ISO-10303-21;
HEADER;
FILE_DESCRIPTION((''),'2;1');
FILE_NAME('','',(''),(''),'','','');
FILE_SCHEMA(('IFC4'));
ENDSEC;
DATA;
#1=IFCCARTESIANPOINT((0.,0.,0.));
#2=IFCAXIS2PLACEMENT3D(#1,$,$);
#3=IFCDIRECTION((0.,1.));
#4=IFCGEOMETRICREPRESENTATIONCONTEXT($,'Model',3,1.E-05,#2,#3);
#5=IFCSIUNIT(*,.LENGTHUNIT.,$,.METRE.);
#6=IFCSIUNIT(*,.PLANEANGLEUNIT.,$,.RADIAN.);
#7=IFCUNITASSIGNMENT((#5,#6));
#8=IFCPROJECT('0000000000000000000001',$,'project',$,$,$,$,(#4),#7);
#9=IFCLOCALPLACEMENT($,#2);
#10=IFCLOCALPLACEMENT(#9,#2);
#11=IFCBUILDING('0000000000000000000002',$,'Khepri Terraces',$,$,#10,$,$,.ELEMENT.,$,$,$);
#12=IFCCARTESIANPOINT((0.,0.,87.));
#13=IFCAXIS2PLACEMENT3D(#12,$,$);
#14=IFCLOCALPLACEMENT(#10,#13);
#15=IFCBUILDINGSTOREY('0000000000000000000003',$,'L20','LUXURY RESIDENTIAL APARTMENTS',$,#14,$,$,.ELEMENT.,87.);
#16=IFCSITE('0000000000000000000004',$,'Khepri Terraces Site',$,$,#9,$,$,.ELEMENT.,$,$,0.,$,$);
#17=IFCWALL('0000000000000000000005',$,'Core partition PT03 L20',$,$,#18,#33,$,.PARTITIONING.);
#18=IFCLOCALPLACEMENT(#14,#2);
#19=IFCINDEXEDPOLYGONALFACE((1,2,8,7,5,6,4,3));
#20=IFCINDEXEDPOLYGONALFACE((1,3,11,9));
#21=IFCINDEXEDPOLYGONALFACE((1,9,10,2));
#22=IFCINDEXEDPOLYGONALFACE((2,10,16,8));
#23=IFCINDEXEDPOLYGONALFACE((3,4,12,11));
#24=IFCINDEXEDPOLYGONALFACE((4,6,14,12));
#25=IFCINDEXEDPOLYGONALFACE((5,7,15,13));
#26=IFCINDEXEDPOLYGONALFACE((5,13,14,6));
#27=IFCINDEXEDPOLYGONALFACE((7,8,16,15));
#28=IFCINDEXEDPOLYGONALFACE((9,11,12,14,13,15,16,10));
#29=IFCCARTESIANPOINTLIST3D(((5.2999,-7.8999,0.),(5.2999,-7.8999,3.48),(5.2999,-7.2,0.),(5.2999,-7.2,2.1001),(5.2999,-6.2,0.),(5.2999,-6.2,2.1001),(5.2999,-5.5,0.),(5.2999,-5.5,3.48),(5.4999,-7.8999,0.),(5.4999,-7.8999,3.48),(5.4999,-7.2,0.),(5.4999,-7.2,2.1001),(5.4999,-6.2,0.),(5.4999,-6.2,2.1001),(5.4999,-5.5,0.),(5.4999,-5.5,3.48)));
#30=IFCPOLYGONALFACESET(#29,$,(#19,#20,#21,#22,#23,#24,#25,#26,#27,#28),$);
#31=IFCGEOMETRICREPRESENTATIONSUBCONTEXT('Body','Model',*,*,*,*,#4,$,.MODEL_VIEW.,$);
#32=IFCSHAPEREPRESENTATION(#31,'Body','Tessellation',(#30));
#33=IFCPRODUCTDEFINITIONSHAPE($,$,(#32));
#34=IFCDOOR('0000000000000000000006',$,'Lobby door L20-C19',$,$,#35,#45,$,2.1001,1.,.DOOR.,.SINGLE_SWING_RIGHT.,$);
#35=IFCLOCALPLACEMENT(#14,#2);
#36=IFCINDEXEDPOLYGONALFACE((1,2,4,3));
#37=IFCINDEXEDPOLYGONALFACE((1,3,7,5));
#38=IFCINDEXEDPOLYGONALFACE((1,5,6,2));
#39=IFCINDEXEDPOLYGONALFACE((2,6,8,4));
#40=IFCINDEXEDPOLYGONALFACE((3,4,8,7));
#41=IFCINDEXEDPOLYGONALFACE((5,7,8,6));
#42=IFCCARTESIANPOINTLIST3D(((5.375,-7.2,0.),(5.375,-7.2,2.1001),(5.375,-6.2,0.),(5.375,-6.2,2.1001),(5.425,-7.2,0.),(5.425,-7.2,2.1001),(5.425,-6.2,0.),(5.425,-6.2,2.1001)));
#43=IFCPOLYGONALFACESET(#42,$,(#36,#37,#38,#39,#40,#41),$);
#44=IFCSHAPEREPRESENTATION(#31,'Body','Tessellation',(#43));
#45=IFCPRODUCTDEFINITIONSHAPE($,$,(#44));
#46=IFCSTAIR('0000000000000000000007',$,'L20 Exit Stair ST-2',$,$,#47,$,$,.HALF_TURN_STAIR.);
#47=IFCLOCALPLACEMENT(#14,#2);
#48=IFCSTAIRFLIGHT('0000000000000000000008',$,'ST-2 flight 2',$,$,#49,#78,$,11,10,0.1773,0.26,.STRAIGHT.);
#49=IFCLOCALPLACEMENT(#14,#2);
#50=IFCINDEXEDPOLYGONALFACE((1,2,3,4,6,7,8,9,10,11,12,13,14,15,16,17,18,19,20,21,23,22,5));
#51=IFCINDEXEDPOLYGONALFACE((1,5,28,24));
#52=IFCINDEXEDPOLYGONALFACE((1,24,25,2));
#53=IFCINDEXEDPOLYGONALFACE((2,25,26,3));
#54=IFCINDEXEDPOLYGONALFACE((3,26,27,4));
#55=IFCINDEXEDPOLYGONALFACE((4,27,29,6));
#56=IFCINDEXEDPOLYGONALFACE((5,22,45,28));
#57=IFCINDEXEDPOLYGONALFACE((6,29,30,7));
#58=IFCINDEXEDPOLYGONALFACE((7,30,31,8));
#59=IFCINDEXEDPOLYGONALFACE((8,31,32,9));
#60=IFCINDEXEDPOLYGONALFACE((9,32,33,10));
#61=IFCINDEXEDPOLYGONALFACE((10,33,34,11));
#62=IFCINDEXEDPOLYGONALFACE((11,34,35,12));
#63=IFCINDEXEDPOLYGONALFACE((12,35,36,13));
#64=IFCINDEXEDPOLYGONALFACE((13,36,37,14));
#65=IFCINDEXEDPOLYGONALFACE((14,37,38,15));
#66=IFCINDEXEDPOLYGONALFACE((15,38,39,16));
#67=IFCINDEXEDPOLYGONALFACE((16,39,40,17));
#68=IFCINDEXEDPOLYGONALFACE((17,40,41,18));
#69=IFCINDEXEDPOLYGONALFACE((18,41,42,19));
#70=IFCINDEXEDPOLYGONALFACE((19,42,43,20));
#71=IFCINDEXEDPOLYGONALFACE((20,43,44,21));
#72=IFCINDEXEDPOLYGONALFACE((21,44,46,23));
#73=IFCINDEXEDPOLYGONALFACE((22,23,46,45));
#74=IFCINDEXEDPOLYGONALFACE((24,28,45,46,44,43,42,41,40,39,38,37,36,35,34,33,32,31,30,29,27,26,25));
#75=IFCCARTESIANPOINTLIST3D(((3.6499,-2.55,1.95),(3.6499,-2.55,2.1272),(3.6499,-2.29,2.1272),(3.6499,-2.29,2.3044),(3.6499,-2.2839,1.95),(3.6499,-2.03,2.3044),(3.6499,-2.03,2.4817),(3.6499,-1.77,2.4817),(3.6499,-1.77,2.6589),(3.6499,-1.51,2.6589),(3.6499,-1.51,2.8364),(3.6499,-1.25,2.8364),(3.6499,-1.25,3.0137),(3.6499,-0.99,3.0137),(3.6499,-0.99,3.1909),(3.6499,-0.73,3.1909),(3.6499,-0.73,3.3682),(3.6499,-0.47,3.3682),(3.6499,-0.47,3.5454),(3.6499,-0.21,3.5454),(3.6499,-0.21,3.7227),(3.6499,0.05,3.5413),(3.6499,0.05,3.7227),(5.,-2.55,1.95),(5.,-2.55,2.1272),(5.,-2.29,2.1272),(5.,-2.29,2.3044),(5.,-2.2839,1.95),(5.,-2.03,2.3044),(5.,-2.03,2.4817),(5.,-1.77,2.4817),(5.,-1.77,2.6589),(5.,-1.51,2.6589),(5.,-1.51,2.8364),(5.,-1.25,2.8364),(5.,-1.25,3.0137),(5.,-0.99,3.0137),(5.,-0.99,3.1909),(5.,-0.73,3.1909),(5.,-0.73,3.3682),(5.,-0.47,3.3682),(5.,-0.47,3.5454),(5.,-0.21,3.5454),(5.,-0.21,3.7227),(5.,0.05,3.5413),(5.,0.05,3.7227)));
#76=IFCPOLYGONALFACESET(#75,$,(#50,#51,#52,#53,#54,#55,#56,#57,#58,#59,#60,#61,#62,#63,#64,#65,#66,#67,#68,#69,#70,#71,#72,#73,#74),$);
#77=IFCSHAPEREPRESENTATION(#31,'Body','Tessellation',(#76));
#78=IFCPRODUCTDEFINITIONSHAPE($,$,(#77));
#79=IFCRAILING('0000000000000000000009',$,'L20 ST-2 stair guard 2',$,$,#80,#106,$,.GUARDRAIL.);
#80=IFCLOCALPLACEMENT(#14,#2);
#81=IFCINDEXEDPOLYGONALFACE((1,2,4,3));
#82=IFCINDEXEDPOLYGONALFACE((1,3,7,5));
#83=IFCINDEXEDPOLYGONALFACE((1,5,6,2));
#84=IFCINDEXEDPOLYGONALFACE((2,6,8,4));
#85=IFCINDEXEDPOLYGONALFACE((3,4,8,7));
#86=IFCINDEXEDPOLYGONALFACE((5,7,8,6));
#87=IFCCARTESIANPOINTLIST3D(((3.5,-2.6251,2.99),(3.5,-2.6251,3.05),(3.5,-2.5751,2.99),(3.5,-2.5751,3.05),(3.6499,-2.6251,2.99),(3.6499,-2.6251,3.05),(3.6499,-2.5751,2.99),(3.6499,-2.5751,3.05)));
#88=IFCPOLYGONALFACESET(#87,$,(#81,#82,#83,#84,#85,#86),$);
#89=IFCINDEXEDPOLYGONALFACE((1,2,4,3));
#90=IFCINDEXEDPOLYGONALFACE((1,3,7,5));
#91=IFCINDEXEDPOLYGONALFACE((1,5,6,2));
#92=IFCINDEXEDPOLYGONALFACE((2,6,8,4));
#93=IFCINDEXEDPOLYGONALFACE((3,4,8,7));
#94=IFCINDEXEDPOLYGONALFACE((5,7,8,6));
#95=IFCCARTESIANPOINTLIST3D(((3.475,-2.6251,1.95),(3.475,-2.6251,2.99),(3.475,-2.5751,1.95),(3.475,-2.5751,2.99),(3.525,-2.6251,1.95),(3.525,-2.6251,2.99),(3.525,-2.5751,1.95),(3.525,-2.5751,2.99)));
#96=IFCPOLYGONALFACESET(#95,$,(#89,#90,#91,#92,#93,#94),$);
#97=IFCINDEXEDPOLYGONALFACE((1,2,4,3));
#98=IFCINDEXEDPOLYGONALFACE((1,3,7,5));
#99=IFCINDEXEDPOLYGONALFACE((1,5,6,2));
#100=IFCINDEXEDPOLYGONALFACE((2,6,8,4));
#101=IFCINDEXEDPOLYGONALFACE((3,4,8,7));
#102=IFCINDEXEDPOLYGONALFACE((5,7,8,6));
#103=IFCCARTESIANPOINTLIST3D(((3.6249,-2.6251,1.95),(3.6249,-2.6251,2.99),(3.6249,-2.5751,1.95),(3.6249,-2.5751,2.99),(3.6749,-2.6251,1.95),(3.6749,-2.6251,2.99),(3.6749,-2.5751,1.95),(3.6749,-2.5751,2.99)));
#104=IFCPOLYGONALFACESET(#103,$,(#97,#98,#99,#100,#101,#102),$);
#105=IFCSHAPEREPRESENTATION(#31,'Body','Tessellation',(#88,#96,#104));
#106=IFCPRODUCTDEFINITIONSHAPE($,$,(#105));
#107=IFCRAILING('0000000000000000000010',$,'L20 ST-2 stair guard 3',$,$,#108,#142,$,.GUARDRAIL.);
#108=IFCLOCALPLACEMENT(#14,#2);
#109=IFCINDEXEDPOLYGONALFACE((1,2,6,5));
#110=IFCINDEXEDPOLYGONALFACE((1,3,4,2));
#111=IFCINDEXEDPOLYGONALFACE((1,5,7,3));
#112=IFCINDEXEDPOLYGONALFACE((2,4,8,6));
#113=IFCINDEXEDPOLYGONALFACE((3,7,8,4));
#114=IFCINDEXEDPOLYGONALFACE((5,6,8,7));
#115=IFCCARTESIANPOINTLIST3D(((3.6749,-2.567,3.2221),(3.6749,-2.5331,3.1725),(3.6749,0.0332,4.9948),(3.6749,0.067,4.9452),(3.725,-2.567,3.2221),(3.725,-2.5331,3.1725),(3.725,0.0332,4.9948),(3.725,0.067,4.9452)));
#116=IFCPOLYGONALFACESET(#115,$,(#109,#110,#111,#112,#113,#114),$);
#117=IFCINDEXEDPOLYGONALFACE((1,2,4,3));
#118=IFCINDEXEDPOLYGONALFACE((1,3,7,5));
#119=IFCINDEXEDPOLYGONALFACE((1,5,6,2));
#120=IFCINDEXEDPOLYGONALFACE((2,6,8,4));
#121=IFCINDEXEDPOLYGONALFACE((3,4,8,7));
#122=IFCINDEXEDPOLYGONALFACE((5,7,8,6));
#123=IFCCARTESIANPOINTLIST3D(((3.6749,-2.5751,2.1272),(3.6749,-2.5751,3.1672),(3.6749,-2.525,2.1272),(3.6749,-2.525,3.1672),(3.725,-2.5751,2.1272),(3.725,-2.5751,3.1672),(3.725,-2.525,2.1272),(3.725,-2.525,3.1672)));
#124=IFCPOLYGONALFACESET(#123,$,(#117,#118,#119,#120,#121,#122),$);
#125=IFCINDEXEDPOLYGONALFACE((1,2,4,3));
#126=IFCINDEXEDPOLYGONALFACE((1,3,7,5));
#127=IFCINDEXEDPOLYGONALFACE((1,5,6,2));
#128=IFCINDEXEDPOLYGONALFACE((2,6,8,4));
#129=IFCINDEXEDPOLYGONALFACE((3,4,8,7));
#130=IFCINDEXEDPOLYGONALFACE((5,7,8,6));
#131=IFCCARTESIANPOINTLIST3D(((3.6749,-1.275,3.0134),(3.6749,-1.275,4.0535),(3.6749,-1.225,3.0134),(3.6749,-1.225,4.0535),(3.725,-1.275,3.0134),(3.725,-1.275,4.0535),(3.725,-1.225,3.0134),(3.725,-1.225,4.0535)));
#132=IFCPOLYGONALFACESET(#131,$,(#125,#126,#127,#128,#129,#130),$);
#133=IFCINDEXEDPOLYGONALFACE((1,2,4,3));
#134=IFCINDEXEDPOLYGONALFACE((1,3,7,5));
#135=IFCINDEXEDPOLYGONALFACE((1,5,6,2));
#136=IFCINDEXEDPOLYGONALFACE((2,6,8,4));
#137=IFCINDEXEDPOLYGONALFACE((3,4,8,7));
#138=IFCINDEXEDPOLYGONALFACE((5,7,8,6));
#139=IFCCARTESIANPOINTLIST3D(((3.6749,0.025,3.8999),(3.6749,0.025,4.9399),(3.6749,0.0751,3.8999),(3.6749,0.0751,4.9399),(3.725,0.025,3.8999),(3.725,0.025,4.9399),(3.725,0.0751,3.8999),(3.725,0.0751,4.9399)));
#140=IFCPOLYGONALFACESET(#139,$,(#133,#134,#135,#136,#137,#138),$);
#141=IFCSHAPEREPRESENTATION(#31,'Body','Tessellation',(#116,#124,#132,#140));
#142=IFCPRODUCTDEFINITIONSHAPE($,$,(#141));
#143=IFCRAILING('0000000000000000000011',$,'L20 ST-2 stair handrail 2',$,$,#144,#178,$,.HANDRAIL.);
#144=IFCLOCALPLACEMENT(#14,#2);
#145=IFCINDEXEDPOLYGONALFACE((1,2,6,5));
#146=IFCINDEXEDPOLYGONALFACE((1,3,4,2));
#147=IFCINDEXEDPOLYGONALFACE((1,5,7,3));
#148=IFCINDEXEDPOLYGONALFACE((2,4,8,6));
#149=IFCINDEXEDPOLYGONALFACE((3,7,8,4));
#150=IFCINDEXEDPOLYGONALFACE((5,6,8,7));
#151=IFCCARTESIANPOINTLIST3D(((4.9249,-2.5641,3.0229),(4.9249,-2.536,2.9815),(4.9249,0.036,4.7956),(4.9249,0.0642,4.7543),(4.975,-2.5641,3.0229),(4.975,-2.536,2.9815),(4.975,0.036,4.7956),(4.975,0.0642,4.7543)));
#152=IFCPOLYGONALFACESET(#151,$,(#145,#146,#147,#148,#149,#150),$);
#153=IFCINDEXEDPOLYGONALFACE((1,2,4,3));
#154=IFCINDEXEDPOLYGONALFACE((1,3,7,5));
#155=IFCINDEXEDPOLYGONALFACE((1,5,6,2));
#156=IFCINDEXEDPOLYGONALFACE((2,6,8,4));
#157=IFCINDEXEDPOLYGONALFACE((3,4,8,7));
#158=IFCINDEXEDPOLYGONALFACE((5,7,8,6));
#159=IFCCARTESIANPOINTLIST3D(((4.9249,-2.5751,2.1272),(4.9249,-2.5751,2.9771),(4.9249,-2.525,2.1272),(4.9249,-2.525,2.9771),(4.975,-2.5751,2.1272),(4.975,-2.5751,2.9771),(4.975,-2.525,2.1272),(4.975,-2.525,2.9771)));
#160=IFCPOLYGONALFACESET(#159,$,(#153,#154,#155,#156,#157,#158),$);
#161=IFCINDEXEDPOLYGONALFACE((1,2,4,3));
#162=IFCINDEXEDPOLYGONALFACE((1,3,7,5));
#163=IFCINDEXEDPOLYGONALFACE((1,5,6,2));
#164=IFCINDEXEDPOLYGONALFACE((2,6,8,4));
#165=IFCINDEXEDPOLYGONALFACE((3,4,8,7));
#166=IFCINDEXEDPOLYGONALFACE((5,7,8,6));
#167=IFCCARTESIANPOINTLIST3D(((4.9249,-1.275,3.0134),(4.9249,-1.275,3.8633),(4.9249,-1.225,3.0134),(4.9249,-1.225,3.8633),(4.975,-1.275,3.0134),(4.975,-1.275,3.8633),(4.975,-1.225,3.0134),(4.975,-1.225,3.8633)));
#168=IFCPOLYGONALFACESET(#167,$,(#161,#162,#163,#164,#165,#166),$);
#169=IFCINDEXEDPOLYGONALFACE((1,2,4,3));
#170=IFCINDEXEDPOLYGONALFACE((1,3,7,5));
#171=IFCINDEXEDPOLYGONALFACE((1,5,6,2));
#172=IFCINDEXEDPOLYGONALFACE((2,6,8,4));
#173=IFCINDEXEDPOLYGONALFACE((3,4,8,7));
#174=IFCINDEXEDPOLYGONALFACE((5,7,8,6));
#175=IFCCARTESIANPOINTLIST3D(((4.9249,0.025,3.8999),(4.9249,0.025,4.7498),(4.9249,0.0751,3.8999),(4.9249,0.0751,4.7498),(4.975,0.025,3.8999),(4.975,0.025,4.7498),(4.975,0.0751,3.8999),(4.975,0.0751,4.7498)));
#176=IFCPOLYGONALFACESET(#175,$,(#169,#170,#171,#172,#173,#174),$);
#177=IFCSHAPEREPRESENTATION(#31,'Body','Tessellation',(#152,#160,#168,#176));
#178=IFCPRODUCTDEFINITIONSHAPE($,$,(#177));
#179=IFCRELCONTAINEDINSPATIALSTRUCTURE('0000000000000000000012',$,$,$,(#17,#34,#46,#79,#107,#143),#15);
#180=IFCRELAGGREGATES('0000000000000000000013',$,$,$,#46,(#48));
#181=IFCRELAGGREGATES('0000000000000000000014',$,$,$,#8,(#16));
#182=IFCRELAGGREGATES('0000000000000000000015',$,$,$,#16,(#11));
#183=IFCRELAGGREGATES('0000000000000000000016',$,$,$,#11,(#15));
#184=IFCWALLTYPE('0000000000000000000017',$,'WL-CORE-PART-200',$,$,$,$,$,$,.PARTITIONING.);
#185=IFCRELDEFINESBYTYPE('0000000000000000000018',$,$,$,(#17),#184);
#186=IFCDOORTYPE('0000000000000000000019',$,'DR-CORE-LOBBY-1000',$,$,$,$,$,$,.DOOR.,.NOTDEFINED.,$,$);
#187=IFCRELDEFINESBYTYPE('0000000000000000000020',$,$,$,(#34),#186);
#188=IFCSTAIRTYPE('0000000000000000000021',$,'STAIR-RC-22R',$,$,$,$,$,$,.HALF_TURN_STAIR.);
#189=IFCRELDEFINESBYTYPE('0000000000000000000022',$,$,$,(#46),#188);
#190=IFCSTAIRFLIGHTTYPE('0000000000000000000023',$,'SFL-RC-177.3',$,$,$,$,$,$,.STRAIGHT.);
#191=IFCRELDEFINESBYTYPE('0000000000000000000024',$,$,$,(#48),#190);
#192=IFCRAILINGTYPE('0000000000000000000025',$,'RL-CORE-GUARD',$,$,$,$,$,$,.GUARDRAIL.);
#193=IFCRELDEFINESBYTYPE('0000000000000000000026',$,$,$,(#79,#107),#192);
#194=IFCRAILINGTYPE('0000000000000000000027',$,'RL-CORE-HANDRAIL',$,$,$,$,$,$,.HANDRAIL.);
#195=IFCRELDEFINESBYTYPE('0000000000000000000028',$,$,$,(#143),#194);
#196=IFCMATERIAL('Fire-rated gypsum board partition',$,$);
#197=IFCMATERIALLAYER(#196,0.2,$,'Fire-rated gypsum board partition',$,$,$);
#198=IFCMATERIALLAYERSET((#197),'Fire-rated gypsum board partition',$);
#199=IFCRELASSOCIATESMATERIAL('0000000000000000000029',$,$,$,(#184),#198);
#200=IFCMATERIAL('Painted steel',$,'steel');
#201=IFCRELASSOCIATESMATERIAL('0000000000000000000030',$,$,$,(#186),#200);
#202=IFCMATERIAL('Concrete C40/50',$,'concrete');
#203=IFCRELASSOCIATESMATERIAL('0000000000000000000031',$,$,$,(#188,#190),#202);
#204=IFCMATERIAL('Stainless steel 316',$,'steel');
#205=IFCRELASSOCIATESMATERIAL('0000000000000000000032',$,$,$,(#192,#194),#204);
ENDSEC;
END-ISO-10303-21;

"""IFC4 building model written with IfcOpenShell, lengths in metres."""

from ifc_helpers import new_model, si_unit, direction, frame, frame_2d, origin, origin_2d, place, context, subcontext, project, spatial, polyline, rectangle, outline, extrude, material, layer, layer_set, type_object, element, fill, aggregate, save


model = new_model("IFC4")

# Units and contexts
model_context = context("Model", 3, precision=1e-05, world=origin(), true_north=direction((0.0, 1.0)))
body_context = subcontext(model_context, "Body", "Model", "MODEL_VIEW")
ifc_project = project(units=[si_unit("LENGTHUNIT", "METRE"), si_unit("PLANEANGLEUNIT", "RADIAN")], contexts=[model_context])

# Site, building, storey
site_placement = place(None, origin())
site = spatial("IfcSite", under=ifc_project, at=site_placement, Name="Khepri Terraces Site", CompositionType="ELEMENT", RefElevation=0.0)
building_placement = place(site_placement, origin())
building = spatial("IfcBuilding", under=site, at=building_placement, Name="Khepri Terraces", CompositionType="ELEMENT")
storey_placement = place(building_placement, frame((0.0, 0.0, 87.0)))
storey = spatial("IfcBuildingStorey", under=building, at=storey_placement, Name="L20", Description="LUXURY RESIDENTIAL APARTMENTS", CompositionType="ELEMENT", Elevation=87.0)

# Shared definitions
ifc_material_1 = material(Name="Concrete C40/50", Category="concrete")

# Shared definitions
ifc_material_2 = material(Name="Painted steel", Category="steel")

# Shared definitions
ifc_material_3 = material(Name="Fire-rated gypsum board partition")

# Wall, opening, door
ifc_layer_1 = layer(ifc_material_3, 0.2, Name="Fire-rated gypsum board partition")
ifc_layer_set_1 = layer_set([ifc_layer_1], Name="Fire-rated gypsum board partition")
wall_type_1 = type_object("IfcWallType", Name="WL-CORE-PART-200", PredefinedType="PARTITIONING", material=ifc_layer_set_1)
wall_1_placement = place(storey_placement, frame((5.3999, -7.8999, 0.0), z_axis=(0.0, 0.0, 1.0), x_axis=(0.0, 1.0, 0.0)))
wall_1 = element("IfcWall", 1, at=wall_1_placement, inside=storey, type_object=wall_type_1, Name="Core partition PT03 L20", PredefinedType="PARTITIONING", context=body_context, shape_type="SweptSolid", body=[
    extrude(rectangle(XDim=2.3999, YDim=0.2, at=frame_2d((1.2, 0.0))), origin(), (0.0, 0.0, 1.0), 3.48),
])
opening_1_placement = place(wall_1_placement, frame((0.7, 0.0, 0.0)))
opening_1 = element("IfcOpeningElement", 2, at=opening_1_placement, cuts=wall_1, PredefinedType="OPENING", context=body_context, shape_type="SweptSolid", body=[
    extrude(rectangle(XDim=1.0, YDim=2.1001, at=frame_2d((0.5, 1.05))), frame((0.0, 0.1099, 0.0), z_axis=(0.0, -1.0, 0.0), x_axis=(1.0, 0.0, 0.0)), (0.0, 0.0, 1.0), 0.22),
])
door_type_1 = type_object("IfcDoorType", Name="DR-CORE-LOBBY-1000", OperationType="NOTDEFINED", PredefinedType="DOOR", material=ifc_material_2)
door_1_placement = place(opening_1_placement, origin())
door_1 = element("IfcDoor", 3, at=door_1_placement, inside=storey, type_object=door_type_1, Name="Lobby door L20-C19", OperationType="SINGLE_SWING_RIGHT", OverallHeight=2.1001, OverallWidth=1.0, PredefinedType="DOOR", context=body_context, shape_type="SweptSolid", body=[
    extrude(rectangle(XDim=1.0, YDim=2.1001, at=frame_2d((0.5, 1.05))), frame((0.0, 0.0249, 0.0), z_axis=(0.0, -1.0, 0.0), x_axis=(1.0, 0.0, 0.0)), (0.0, 0.0, 1.0), 0.05),
])
fill(opening_1, door_1)

# Stair, stair flight
stair_type = type_object("IfcStairType", Name="STAIR-RC-22R", PredefinedType="HALF_TURN_STAIR", material=ifc_material_1)
stair_placement = place(storey_placement, origin())
stair = element("IfcStair", 4, at=stair_placement, inside=storey, type_object=stair_type, Name="L20 Exit Stair ST-2", PredefinedType="HALF_TURN_STAIR")
stair_flight_type = type_object("IfcStairFlightType", Name="SFL-RC-177.3", PredefinedType="STRAIGHT", material=ifc_material_1)
stair_flight_placement = place(storey_placement, frame((4.325, -2.55, 1.95), z_axis=(0.0, 0.0, 1.0), x_axis=(0.0, 1.0, 0.0)))
stair_flight = element("IfcStairFlight", 5, at=stair_flight_placement, type_object=stair_flight_type, Name="ST-2 flight 2", NumberOfRisers=11, NumberOfTreads=10, PredefinedType="STRAIGHT", RiserHeight=0.1773, TreadLength=0.26, context=body_context, shape_type="SweptSolid", body=[
    extrude(outline(polyline([(0.0, 0.0), (0.0, 0.1772), (0.26, 0.1772), (0.26, 0.3545), (0.52, 0.3545), (0.52, 0.5317), (0.78, 0.5317), (0.78, 0.709), (1.04, 0.709), (1.04, 0.8865), (1.3, 0.8865), (1.3, 1.0637), (1.5601, 1.0637), (1.5601, 1.241), (1.8201, 1.241), (1.8201, 1.4182), (2.0801, 1.4182), (2.0801, 1.5955), (2.3401, 1.5955), (2.3401, 1.7727), (2.6001, 1.7727), (2.6001, 1.95), (2.6001, 1.5913), (0.2661, 0.0), (0.0, 0.0)])), frame((0.0, 0.675, 0.0), z_axis=(0.0, -1.0, 0.0), x_axis=(1.0, 0.0, 0.0)), (0.0, 0.0, 1.0), 1.3501),
])
aggregate(stair, [stair_flight])

# Railings
ifc_material_4 = material(Name="Stainless steel 316", Category="steel")
railing_type_1 = type_object("IfcRailingType", Name="RL-CORE-GUARD", PredefinedType="GUARDRAIL", material=ifc_material_4)
railing_1_placement = place(storey_placement, frame((3.5, -2.6001, 1.95)))
element("IfcRailing", 6, at=railing_1_placement, inside=storey, type_object=railing_type_1, Name="L20 ST-2 stair guard 2", PredefinedType="GUARDRAIL", context=body_context, shape_type="SweptSolid", body=[
    extrude(rectangle(XDim=0.05, YDim=0.0601, at=origin_2d()), frame((0.0, 0.0, 1.0701), z_axis=(1.0, 0.0, 0.0), x_axis=(0.0, 1.0, 0.0)), (0.0, 0.0, 1.0), 0.1499),
    extrude(rectangle(XDim=0.05, YDim=0.05, at=origin_2d()), origin(), (0.0, 0.0, 1.0), 1.04),
    extrude(rectangle(XDim=0.05, YDim=0.05, at=origin_2d()), frame((0.1499, 0.0, 0.0)), (0.0, 0.0, 1.0), 1.04),
])
railing_2_placement = place(storey_placement, frame((3.7, -2.55, 2.1272)))
element("IfcRailing", 7, at=railing_2_placement, inside=storey, type_object=railing_type_1, Name="L20 ST-2 stair guard 3", PredefinedType="GUARDRAIL", context=body_context, shape_type="SweptSolid", body=[
    extrude(rectangle(XDim=0.05, YDim=0.0601, at=origin_2d()), frame((0.0, 0.0, 1.0701), z_axis=(0.0, 0.82624, 0.563318), x_axis=(-1.0, 0.0, 0.0)), (0.0, 0.0, 1.0), 3.147),
    extrude(rectangle(XDim=0.05, YDim=0.05, at=origin_2d()), origin(), (0.0, 0.0, 1.0), 1.04),
    extrude(rectangle(XDim=0.05, YDim=0.05, at=origin_2d()), frame((0.0, 1.3, 0.8862)), (0.0, 0.0, 1.0), 1.04),
    extrude(rectangle(XDim=0.05, YDim=0.05, at=origin_2d()), frame((0.0, 2.6001, 1.7727)), (0.0, 0.0, 1.0), 1.04),
])
railing_type_2 = type_object("IfcRailingType", Name="RL-CORE-HANDRAIL", PredefinedType="HANDRAIL", material=ifc_material_4)
railing_3_placement = place(storey_placement, frame((4.95, -2.55, 2.1272)))
element("IfcRailing", 8, at=railing_3_placement, inside=storey, type_object=railing_type_2, Name="L20 ST-2 stair handrail 2", PredefinedType="HANDRAIL", context=body_context, shape_type="SweptSolid", body=[
    extrude(rectangle(XDim=0.05, YDim=0.05, at=origin_2d()), frame((0.0, 0.0, 0.875), z_axis=(0.0, 0.82624, 0.563318), x_axis=(-1.0, 0.0, 0.0)), (0.0, 0.0, 1.0), 3.147),
    extrude(rectangle(XDim=0.05, YDim=0.05, at=origin_2d()), origin(), (0.0, 0.0, 1.0), 0.8499),
    extrude(rectangle(XDim=0.05, YDim=0.05, at=origin_2d()), frame((0.0, 1.3, 0.8862)), (0.0, 0.0, 1.0), 0.8499),
    extrude(rectangle(XDim=0.05, YDim=0.05, at=origin_2d()), frame((0.0, 2.6001, 1.7727)), (0.0, 0.0, 1.0), 0.8499),
])

save(model, "model.ifc")
